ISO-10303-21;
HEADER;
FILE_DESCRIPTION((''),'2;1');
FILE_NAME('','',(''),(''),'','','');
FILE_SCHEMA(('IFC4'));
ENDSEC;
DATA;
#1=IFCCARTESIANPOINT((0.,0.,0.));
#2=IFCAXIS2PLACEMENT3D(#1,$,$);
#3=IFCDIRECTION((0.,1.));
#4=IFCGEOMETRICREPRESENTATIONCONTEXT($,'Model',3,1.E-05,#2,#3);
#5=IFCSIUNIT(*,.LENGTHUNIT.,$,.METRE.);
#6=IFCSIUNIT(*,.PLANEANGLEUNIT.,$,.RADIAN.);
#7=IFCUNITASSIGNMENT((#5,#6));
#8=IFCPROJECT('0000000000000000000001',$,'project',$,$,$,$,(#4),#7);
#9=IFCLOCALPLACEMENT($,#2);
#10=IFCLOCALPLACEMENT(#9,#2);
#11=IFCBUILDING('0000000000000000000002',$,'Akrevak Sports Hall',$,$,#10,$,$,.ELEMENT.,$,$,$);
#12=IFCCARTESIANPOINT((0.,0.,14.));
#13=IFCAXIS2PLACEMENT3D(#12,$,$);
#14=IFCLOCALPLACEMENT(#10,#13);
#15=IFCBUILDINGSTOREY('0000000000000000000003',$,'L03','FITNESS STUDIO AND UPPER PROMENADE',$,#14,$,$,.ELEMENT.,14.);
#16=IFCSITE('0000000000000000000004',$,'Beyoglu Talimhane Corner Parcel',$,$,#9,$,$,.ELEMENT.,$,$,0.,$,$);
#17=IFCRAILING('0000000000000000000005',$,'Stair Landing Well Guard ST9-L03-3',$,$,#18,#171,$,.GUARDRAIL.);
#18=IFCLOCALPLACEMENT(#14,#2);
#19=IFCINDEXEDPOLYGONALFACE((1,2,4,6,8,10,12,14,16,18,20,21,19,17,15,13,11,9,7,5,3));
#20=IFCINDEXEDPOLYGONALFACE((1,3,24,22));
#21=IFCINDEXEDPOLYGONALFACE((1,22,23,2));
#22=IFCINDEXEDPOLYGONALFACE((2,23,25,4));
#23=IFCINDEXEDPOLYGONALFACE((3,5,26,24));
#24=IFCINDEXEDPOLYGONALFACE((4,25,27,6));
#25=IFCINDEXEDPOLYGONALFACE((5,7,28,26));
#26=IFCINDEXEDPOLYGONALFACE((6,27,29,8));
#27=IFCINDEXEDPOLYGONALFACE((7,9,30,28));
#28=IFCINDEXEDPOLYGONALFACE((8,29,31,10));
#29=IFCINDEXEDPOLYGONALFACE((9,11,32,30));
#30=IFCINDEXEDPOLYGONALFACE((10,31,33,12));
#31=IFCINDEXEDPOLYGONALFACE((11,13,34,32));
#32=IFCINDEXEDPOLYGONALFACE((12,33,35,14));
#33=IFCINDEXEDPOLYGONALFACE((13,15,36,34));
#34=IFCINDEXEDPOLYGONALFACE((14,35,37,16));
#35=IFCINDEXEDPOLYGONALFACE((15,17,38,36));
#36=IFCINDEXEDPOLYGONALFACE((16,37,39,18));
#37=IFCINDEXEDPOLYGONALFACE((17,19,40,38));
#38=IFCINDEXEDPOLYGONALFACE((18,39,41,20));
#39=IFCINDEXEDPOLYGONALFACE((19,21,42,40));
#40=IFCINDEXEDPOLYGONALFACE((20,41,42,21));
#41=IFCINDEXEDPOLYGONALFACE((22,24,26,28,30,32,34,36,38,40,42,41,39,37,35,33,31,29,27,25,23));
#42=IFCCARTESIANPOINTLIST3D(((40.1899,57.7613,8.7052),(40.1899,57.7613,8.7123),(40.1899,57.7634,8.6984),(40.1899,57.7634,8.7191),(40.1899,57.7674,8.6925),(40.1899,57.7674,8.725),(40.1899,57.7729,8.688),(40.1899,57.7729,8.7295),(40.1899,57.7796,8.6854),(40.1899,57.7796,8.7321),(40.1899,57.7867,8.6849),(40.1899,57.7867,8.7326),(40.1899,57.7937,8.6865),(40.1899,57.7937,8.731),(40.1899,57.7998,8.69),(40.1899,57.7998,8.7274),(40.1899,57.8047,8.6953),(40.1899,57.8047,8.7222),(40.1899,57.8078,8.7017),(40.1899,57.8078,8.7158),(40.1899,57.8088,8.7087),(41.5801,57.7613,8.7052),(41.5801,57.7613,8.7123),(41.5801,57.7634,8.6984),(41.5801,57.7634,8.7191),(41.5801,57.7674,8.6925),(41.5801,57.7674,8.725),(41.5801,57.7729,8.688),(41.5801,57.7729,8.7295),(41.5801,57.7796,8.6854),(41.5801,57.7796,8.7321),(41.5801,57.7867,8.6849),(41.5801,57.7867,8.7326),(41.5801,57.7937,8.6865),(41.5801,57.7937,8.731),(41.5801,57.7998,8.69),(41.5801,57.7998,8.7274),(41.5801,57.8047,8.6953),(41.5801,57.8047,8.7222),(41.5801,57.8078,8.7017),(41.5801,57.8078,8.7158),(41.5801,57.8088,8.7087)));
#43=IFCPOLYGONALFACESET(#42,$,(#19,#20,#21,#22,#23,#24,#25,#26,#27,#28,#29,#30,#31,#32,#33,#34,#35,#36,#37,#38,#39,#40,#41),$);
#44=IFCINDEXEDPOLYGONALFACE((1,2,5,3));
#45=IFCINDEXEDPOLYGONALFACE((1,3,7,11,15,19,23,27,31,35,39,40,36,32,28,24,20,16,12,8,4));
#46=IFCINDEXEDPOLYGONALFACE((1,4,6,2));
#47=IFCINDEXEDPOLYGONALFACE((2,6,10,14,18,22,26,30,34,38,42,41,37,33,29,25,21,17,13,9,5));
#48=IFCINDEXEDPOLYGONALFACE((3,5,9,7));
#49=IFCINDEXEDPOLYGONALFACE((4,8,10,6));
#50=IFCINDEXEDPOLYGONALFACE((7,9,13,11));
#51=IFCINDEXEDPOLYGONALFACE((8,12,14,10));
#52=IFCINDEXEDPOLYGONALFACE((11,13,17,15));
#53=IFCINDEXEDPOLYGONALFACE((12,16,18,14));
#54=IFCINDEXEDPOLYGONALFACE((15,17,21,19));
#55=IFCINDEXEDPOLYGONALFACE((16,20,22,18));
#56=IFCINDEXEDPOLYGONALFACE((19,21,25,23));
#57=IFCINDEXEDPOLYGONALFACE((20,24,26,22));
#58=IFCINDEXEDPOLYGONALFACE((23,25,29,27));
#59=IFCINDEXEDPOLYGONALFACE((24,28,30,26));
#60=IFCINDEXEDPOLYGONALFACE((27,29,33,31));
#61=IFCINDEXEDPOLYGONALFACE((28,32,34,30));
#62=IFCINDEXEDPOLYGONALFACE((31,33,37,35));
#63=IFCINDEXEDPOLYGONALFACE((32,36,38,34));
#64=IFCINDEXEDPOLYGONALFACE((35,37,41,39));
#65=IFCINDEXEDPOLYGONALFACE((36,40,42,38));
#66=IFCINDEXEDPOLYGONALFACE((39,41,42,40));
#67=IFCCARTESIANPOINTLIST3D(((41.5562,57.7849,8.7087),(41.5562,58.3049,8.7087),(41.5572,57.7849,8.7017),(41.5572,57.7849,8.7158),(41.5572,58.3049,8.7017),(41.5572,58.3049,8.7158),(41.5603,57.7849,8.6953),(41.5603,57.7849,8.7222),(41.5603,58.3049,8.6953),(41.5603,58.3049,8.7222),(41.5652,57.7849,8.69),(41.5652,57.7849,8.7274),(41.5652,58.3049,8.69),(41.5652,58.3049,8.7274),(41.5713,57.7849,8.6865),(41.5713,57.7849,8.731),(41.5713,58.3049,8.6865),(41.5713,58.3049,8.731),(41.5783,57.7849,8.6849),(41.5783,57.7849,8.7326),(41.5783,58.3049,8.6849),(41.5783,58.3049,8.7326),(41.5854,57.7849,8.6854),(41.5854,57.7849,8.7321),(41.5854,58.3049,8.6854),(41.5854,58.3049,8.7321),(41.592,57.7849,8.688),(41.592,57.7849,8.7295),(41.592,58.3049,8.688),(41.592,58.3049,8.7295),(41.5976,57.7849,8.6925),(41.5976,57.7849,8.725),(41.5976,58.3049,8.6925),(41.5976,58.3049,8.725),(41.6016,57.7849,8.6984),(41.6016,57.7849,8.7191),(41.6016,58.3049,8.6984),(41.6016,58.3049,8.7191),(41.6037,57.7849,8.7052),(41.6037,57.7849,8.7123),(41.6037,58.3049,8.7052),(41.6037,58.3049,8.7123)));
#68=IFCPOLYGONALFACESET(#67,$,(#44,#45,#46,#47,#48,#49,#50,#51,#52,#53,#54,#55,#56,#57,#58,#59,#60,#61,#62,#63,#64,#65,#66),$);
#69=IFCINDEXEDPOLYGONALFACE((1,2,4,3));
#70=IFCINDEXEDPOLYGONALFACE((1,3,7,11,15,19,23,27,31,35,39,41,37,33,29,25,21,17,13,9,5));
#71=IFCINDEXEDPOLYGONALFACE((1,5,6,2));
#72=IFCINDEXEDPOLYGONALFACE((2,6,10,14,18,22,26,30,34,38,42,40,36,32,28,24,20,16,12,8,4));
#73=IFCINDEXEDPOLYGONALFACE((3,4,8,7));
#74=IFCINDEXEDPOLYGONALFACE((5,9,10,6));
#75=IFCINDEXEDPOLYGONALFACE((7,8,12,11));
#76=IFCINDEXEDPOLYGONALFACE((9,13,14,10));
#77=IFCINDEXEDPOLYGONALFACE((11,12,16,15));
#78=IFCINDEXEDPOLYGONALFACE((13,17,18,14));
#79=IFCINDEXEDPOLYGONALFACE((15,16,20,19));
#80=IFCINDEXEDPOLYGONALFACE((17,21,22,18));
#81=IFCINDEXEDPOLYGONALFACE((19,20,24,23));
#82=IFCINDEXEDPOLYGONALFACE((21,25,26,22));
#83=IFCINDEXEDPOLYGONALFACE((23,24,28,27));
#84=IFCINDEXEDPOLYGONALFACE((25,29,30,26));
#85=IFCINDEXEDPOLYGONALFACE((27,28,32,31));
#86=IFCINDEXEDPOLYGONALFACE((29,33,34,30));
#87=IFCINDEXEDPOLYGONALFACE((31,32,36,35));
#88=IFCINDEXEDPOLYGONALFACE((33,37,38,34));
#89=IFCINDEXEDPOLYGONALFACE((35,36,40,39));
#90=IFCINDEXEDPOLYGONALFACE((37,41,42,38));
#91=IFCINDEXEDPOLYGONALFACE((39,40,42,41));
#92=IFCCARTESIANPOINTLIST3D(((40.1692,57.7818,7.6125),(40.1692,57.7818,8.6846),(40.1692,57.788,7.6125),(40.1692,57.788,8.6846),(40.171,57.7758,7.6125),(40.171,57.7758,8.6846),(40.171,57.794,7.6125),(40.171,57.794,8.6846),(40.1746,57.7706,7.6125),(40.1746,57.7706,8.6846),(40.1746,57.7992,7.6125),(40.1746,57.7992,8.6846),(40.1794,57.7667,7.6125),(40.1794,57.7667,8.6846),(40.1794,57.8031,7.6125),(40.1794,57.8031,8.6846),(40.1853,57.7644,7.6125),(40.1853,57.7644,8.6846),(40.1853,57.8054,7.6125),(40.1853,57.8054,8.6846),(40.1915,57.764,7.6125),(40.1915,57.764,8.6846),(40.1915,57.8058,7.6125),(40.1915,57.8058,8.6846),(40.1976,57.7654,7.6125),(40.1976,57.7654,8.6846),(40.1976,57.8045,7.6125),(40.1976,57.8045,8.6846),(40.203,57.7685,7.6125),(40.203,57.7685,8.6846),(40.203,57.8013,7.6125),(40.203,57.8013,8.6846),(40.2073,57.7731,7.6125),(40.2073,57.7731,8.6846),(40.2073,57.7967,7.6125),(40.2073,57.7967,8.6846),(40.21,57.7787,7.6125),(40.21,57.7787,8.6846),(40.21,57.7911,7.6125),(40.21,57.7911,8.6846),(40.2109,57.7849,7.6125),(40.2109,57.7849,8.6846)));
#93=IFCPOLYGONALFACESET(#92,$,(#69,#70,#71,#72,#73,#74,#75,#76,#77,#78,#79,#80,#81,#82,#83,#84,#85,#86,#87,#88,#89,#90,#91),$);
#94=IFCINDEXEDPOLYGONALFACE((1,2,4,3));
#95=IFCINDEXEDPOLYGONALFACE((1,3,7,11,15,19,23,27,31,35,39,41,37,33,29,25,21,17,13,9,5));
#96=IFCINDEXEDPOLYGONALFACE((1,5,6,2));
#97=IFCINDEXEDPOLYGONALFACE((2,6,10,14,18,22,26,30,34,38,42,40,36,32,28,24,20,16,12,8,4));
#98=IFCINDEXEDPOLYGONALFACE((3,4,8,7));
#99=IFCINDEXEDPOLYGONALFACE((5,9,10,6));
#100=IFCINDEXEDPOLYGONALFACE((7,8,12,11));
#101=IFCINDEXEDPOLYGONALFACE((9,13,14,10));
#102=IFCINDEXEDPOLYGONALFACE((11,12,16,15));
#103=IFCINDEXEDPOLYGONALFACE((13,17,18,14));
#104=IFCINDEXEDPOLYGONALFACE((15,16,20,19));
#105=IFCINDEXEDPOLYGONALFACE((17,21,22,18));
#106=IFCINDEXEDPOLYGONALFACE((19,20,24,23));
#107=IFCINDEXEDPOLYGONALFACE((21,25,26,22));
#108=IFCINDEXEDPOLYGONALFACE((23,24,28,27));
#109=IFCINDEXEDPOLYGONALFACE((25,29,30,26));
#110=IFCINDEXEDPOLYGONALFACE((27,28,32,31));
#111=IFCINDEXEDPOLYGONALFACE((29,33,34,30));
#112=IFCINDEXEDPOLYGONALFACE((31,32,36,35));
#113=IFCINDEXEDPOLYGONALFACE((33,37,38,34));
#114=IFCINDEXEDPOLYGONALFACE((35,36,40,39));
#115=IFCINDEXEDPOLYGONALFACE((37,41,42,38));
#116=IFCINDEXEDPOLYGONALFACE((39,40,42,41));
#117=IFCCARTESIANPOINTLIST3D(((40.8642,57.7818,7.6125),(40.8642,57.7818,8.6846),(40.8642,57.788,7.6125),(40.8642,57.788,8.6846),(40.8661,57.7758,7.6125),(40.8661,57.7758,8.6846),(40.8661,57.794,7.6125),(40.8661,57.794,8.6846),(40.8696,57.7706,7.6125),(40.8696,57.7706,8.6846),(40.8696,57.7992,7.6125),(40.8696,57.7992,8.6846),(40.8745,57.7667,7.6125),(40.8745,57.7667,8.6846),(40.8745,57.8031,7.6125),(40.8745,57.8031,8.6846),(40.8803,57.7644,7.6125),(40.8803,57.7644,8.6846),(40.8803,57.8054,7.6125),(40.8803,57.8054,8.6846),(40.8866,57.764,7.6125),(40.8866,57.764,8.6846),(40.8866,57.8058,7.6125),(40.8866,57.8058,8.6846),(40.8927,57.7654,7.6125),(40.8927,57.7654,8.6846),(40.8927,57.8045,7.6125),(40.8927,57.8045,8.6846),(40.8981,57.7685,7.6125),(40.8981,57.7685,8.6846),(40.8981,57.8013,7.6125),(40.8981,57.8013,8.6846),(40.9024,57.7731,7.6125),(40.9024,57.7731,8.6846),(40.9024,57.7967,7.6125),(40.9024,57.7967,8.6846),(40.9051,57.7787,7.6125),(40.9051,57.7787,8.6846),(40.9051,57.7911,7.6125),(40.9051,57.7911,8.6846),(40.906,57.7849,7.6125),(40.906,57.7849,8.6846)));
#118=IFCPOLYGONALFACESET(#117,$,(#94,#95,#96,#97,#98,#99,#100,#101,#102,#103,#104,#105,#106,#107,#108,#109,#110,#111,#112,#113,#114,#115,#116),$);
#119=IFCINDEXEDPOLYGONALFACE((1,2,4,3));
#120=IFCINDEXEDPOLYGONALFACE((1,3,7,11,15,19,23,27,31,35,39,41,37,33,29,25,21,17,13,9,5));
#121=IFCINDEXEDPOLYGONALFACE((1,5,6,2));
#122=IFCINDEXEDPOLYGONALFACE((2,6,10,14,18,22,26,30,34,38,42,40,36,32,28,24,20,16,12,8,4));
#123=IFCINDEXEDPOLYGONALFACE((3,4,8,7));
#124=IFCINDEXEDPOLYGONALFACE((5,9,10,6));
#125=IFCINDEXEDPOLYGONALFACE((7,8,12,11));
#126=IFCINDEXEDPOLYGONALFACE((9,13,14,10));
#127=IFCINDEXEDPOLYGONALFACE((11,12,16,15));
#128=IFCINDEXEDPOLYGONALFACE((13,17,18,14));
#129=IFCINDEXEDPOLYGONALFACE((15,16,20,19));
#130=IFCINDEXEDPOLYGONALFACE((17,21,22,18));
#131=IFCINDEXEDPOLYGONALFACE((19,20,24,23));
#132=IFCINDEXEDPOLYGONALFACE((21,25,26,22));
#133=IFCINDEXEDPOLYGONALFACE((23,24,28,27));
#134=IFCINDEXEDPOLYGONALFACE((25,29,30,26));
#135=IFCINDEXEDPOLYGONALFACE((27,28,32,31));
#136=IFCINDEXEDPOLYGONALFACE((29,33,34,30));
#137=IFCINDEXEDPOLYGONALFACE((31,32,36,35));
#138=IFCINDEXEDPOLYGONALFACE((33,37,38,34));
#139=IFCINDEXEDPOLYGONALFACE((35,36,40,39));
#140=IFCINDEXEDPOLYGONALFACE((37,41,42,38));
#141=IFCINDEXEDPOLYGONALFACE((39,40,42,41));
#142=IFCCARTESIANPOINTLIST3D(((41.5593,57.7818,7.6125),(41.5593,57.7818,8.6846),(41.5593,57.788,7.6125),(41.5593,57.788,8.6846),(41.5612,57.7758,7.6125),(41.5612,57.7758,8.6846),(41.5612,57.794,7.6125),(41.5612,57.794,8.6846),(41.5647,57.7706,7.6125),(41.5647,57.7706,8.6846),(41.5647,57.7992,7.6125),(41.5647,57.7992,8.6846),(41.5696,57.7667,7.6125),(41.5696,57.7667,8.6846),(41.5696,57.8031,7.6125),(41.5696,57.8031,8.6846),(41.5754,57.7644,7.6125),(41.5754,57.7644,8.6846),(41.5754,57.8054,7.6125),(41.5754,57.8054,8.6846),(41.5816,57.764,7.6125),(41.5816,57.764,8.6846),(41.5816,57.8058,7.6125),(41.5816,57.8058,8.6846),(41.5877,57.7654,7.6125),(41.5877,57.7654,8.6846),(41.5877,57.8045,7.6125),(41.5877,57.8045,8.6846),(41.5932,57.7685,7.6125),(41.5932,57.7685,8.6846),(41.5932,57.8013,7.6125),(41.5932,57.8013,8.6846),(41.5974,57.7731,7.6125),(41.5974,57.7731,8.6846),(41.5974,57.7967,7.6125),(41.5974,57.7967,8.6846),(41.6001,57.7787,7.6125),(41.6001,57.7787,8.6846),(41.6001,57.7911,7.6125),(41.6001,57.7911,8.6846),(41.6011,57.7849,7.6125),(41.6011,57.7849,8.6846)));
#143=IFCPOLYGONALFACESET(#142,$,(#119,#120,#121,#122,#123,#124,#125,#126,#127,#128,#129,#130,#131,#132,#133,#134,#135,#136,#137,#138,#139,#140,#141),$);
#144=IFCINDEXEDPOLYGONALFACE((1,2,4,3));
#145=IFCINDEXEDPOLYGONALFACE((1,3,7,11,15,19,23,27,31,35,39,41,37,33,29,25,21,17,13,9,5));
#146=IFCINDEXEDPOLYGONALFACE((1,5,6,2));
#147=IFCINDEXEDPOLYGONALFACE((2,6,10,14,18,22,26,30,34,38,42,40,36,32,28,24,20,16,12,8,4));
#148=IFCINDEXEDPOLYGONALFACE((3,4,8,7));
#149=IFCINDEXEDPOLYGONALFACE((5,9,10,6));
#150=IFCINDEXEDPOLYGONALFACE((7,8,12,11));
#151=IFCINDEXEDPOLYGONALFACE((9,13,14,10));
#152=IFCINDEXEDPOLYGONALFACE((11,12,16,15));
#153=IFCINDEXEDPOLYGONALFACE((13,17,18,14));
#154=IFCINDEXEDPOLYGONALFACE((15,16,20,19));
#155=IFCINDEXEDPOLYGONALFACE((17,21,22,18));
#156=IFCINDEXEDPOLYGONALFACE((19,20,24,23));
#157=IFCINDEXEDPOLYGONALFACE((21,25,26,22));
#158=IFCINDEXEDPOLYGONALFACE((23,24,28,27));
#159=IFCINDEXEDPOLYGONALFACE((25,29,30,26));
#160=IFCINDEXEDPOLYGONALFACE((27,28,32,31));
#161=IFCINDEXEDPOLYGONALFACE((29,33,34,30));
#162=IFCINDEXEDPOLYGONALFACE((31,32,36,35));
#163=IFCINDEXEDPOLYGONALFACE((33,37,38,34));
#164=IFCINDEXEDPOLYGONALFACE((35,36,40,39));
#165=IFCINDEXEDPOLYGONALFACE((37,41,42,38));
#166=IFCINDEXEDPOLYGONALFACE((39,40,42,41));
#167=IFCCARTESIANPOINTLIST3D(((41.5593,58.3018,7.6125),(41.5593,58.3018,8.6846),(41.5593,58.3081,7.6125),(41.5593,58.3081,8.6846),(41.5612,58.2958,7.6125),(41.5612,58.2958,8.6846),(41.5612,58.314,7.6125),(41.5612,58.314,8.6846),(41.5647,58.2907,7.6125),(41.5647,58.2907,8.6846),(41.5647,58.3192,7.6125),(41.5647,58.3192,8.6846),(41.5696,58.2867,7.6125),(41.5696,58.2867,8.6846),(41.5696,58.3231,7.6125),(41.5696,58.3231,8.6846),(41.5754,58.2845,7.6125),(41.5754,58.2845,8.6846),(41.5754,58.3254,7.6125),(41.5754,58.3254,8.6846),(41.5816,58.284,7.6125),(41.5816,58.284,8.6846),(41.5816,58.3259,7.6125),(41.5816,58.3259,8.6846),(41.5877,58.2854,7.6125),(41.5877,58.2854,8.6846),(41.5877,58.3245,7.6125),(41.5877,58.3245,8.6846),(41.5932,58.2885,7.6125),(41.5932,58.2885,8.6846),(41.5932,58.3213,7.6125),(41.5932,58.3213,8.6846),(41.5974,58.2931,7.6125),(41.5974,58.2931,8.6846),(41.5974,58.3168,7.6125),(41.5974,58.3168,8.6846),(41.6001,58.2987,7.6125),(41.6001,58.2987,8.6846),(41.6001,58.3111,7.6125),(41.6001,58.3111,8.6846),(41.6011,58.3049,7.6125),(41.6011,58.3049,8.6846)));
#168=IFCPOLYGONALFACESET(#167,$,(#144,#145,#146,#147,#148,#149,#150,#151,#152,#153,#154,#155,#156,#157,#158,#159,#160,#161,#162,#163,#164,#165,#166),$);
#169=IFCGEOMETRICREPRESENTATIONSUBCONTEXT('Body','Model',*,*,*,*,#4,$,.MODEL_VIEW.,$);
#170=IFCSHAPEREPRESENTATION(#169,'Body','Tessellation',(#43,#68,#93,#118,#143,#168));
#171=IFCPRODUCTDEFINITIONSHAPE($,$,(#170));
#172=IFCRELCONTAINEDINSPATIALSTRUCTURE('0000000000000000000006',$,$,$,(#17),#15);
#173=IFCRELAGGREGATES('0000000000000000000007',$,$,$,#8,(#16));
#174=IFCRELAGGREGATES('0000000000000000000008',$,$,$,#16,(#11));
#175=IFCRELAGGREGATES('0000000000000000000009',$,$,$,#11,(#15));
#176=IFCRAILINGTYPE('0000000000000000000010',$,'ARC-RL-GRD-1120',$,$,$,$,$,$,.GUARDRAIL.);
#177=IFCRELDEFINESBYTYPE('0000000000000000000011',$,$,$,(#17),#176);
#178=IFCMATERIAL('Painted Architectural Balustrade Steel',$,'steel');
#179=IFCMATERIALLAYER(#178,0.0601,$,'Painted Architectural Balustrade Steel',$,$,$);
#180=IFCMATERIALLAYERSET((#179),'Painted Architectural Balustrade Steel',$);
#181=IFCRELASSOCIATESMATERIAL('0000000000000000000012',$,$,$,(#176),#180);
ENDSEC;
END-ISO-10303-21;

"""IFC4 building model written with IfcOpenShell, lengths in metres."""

from ifc_helpers import new_model, si_unit, direction, frame, origin, origin_2d, place, context, subcontext, project, spatial, circle, extrude, material, layer, layer_set, type_object, element, save


model = new_model("IFC4")

# Units and contexts
model_context = context("Model", 3, precision=1e-05, world=origin(), true_north=direction((0.0, 1.0)))
body_context = subcontext(model_context, "Body", "Model", "MODEL_VIEW")
ifc_project = project(units=[si_unit("LENGTHUNIT", "METRE"), si_unit("PLANEANGLEUNIT", "RADIAN")], contexts=[model_context])

# Site, building, storey
site_placement = place(None, origin())
site = spatial("IfcSite", under=ifc_project, at=site_placement, Name="Beyoglu Talimhane Corner Parcel", CompositionType="ELEMENT", RefElevation=0.0)
building_placement = place(site_placement, origin())
building = spatial("IfcBuilding", under=site, at=building_placement, Name="Akrevak Sports Hall", CompositionType="ELEMENT")
storey_placement = place(building_placement, frame((0.0, 0.0, 14.0)))
storey = spatial("IfcBuildingStorey", under=building, at=storey_placement, Name="L03", Description="FITNESS STUDIO AND UPPER PROMENADE", CompositionType="ELEMENT", Elevation=14.0)

# Railing
ifc_material_1 = material(Name="Painted Architectural Balustrade Steel", Category="steel")
ifc_layer_1 = layer(ifc_material_1, 0.0601, Name="Painted Architectural Balustrade Steel")
ifc_layer_set_1 = layer_set([ifc_layer_1], Name="Painted Architectural Balustrade Steel")
railing_type_1 = type_object("IfcRailingType", Name="ARC-RL-GRD-1120", PredefinedType="GUARDRAIL", material=ifc_layer_set_1)
railing_1_placement = place(storey_placement, frame((40.1899, 57.7849, 7.6125)))
element("IfcRailing", 1, at=railing_1_placement, inside=storey, type_object=railing_type_1, Name="Stair Landing Well Guard ST9-L03-3", PredefinedType="GUARDRAIL", context=body_context, shape_type="SweptSolid", body=[
    extrude(circle(Radius=0.0239, at=origin_2d()), frame((0.0, 0.0, 1.0962), z_axis=(1.0, 0.0, 0.0), x_axis=(0.0, 1.0, 0.0)), (0.0, 0.0, 1.0), 1.3901),
    extrude(circle(Radius=0.0239, at=origin_2d()), frame((1.3901, 0.0, 1.0962), z_axis=(0.0, 1.0, 0.0), x_axis=(-1.0, 0.0, 0.0)), (0.0, 0.0, 1.0), 0.52),
    extrude(circle(Radius=0.021, at=origin_2d()), origin(), (0.0, 0.0, 1.0), 1.072),
    extrude(circle(Radius=0.021, at=origin_2d()), frame((0.6951, 0.0, 0.0)), (0.0, 0.0, 1.0), 1.072),
    extrude(circle(Radius=0.021, at=origin_2d()), frame((1.3901, 0.0, 0.0)), (0.0, 0.0, 1.0), 1.072),
    extrude(circle(Radius=0.021, at=origin_2d()), frame((1.3901, 0.52, 0.0)), (0.0, 0.0, 1.0), 1.072),
])

save(model, "model.ifc")
